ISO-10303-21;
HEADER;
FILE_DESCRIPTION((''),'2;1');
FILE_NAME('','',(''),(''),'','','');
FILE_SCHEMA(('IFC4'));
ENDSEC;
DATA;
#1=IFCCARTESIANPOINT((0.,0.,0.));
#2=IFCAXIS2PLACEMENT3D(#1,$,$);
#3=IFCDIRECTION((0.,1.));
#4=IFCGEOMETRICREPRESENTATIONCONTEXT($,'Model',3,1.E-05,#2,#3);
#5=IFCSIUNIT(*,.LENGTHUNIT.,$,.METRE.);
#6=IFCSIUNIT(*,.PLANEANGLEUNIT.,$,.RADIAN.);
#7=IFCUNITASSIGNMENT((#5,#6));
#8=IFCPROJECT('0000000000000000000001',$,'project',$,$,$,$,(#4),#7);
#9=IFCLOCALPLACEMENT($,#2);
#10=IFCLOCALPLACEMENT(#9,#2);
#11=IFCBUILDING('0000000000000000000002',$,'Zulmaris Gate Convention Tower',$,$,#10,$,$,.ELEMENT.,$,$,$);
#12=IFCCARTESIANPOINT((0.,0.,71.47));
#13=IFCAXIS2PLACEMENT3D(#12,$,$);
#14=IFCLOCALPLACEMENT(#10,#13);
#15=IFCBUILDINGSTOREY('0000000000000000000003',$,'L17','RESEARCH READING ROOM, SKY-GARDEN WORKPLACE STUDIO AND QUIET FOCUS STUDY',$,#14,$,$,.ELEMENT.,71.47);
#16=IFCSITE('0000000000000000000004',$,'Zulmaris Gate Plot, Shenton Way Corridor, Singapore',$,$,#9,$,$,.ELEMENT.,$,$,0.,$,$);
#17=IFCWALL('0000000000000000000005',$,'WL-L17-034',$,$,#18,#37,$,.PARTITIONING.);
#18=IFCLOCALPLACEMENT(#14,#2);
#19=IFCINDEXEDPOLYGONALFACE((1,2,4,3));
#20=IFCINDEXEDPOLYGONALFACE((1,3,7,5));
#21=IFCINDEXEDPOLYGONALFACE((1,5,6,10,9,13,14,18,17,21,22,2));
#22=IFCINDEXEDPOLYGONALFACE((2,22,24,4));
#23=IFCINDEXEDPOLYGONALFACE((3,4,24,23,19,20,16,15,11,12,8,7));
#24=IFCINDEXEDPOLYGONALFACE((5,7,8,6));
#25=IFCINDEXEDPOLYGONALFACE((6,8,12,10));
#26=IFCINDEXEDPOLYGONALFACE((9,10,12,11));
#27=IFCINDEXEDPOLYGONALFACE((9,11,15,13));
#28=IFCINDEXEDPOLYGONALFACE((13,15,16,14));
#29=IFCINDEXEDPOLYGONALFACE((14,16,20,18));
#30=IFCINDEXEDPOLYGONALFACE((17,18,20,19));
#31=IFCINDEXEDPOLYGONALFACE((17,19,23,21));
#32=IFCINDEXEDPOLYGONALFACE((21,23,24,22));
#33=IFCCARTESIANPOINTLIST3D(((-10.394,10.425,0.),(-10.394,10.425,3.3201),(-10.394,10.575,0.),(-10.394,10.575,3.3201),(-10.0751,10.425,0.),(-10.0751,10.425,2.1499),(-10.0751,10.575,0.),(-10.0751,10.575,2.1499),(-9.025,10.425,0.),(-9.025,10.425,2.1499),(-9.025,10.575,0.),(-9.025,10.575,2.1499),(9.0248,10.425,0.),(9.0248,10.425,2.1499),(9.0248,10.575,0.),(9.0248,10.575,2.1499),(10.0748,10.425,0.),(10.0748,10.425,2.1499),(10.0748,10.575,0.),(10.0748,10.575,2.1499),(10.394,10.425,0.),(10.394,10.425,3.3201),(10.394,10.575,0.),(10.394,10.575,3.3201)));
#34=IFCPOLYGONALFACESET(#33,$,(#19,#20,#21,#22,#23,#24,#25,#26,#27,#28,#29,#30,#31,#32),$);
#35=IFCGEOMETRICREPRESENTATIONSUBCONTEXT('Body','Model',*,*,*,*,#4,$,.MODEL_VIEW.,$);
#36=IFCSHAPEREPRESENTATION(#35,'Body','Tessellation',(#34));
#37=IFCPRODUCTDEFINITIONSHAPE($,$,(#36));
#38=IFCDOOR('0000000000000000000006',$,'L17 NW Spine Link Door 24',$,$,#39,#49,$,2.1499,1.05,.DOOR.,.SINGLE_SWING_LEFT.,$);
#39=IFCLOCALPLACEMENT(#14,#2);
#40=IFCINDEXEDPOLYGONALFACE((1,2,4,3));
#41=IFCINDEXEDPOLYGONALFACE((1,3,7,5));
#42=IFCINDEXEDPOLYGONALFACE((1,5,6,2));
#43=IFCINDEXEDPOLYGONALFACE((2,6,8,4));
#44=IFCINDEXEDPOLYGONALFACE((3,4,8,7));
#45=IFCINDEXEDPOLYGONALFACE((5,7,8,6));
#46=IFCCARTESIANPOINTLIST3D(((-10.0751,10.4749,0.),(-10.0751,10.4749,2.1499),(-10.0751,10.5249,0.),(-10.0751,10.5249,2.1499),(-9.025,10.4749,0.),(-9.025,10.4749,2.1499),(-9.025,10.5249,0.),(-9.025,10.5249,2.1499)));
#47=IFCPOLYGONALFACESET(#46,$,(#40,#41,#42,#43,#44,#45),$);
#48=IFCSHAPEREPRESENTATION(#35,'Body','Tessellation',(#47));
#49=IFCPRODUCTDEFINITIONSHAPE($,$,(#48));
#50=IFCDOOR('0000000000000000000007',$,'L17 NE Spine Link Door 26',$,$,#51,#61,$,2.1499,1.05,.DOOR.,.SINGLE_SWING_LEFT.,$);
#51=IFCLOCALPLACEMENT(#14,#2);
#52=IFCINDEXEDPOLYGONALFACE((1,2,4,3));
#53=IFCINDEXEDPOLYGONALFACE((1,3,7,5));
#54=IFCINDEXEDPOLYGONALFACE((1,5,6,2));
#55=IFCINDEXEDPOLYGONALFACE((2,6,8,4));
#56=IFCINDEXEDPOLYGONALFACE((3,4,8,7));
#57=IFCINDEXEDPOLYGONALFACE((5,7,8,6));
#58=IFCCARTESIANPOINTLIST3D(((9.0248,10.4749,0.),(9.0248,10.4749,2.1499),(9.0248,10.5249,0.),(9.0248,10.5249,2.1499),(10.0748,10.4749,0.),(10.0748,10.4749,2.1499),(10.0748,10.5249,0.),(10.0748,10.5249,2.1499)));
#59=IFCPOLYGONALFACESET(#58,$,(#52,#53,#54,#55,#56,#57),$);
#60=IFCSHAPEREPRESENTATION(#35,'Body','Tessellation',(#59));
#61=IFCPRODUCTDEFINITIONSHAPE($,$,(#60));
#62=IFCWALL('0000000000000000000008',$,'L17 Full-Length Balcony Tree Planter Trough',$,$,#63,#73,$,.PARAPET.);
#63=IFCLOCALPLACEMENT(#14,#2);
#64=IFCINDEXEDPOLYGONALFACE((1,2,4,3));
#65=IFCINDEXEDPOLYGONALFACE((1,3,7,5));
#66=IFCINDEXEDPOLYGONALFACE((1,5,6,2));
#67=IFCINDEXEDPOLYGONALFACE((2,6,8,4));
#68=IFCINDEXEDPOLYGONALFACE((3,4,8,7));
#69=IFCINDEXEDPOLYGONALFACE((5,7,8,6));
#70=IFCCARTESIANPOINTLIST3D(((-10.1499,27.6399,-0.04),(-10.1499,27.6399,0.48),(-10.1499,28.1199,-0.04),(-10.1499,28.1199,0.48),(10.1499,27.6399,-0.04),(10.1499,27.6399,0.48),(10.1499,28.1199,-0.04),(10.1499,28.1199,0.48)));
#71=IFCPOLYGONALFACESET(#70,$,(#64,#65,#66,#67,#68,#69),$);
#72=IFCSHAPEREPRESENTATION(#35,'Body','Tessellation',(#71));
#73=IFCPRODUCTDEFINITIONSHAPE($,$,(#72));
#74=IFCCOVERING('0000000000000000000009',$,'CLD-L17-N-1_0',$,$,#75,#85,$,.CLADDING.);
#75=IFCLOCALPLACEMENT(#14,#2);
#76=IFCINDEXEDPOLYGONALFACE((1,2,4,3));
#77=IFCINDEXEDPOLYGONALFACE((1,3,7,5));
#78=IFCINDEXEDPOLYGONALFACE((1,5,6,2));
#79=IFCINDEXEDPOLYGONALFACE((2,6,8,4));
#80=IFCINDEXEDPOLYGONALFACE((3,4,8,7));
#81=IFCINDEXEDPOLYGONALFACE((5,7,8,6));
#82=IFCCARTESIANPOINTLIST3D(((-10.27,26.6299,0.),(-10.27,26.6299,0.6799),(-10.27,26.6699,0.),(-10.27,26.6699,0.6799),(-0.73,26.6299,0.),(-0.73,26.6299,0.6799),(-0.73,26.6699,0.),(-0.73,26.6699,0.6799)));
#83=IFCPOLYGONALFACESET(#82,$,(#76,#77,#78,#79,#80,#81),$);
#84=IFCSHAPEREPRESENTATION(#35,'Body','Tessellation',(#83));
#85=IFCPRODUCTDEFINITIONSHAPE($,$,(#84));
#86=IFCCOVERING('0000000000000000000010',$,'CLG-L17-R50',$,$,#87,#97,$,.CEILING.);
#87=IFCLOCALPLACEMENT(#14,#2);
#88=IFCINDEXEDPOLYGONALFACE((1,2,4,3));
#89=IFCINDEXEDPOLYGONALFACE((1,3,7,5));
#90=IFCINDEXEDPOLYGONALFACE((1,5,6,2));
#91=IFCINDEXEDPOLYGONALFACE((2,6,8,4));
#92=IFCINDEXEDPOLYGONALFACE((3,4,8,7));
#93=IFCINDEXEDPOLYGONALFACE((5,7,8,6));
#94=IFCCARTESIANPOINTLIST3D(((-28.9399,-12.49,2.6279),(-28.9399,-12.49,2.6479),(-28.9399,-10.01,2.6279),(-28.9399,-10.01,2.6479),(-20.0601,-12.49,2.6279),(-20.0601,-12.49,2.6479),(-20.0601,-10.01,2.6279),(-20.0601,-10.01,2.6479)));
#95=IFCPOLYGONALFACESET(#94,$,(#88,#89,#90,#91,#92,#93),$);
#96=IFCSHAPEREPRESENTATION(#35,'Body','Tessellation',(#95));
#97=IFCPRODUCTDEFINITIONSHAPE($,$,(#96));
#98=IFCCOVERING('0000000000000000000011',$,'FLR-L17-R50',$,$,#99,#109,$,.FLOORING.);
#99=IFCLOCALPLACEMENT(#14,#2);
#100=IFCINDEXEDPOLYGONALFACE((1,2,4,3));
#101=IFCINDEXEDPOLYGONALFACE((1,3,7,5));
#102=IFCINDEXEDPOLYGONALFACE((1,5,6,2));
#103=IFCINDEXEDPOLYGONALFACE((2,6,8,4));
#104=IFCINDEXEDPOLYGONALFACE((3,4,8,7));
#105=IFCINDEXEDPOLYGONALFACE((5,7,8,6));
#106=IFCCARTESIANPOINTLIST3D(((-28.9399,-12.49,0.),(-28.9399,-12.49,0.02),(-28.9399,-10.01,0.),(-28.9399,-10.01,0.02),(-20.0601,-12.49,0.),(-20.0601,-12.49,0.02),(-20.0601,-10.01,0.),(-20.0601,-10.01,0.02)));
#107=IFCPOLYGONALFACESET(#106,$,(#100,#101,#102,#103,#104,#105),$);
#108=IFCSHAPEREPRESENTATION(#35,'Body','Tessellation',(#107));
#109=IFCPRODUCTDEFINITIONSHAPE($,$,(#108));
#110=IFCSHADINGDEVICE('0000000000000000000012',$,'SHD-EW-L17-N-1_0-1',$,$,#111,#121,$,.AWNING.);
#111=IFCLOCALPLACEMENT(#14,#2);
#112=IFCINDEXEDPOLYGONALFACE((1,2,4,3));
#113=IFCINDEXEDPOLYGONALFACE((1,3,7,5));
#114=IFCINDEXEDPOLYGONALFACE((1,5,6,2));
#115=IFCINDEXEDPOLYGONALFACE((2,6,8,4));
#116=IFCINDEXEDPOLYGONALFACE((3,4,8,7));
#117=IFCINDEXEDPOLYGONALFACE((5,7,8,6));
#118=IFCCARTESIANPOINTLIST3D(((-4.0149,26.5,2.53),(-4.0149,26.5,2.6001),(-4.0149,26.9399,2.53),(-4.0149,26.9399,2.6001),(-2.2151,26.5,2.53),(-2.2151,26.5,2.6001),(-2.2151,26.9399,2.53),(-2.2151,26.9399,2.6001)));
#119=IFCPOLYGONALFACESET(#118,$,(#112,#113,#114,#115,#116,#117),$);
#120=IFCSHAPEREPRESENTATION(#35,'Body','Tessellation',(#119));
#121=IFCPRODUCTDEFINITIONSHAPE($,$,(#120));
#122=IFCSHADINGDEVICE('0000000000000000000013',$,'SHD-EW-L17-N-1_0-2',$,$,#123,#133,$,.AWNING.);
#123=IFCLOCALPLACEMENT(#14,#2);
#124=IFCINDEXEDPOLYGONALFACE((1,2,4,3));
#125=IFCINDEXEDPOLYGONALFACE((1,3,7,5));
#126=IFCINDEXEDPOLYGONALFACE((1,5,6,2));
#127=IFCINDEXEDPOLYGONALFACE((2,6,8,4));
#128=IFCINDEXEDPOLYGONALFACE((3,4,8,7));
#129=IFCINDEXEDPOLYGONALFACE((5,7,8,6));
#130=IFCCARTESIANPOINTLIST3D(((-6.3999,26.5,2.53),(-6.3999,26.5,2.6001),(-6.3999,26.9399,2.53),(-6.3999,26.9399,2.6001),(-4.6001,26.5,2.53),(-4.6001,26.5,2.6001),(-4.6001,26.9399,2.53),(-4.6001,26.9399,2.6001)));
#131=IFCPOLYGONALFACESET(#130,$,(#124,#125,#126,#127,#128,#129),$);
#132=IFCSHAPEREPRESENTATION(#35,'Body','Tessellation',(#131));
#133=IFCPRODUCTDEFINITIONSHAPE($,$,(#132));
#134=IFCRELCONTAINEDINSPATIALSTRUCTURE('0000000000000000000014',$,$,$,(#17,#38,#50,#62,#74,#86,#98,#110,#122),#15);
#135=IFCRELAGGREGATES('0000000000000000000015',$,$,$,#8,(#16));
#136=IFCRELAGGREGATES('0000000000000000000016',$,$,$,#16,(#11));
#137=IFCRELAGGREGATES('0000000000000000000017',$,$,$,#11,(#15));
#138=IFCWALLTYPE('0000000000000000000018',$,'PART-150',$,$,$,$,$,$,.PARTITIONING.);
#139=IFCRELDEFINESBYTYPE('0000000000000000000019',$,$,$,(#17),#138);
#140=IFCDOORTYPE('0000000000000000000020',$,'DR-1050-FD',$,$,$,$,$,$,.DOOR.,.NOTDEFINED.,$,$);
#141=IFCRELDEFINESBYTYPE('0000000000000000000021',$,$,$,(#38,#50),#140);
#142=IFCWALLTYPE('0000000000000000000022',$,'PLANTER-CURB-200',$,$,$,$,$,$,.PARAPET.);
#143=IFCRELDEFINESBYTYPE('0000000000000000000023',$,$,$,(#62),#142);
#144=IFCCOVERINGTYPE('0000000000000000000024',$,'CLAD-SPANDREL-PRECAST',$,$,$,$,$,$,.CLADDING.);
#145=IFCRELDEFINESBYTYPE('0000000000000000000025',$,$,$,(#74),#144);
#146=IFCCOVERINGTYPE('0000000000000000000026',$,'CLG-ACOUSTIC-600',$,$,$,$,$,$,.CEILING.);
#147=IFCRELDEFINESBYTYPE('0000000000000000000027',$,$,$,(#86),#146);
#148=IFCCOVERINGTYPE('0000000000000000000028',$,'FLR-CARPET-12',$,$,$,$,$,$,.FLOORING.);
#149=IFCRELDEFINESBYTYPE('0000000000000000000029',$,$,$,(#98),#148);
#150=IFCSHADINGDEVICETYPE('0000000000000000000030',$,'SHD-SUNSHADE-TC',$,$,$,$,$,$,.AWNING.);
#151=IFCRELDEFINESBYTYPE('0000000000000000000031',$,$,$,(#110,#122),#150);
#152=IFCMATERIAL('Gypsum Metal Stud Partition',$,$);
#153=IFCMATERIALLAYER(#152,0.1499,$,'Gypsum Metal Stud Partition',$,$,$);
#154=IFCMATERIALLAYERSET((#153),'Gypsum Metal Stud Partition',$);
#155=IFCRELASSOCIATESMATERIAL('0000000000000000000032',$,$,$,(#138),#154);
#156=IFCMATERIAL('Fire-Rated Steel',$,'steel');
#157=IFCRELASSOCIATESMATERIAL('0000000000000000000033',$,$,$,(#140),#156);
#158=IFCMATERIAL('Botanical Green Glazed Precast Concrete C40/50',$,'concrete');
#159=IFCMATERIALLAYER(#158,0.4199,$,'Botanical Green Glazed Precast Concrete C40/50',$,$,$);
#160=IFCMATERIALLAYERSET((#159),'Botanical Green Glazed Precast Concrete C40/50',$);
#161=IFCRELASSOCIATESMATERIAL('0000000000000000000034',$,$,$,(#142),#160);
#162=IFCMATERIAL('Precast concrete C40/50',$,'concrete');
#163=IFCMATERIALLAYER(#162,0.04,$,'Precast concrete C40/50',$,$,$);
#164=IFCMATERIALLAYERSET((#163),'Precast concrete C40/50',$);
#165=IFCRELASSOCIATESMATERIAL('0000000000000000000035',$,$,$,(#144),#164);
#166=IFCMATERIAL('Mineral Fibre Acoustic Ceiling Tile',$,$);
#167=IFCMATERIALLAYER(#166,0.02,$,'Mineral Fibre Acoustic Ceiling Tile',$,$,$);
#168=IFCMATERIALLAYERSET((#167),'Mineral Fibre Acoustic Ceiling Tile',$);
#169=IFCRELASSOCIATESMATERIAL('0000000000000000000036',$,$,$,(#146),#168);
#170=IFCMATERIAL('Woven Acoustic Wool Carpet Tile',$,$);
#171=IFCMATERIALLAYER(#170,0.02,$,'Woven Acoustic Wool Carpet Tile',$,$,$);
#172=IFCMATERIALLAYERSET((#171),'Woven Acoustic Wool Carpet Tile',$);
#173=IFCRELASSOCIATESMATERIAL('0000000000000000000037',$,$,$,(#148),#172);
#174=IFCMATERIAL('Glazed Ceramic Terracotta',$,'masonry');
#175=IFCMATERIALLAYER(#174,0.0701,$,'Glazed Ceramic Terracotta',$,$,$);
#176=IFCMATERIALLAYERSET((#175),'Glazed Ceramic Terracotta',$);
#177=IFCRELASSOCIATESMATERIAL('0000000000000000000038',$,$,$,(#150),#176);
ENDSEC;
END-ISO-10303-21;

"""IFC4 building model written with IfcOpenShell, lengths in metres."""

from ifc_helpers import new_model, si_unit, direction, frame, frame_2d, origin, place, context, subcontext, project, spatial, polyline, rectangle, outline, extrude, material, layer, layer_set, type_object, element, fill, save


model = new_model("IFC4")

# Units and contexts
model_context = context("Model", 3, precision=1e-05, world=origin(), true_north=direction((0.0, 1.0)))
body_context = subcontext(model_context, "Body", "Model", "MODEL_VIEW")
ifc_project = project(units=[si_unit("LENGTHUNIT", "METRE"), si_unit("PLANEANGLEUNIT", "RADIAN")], contexts=[model_context])

# Site, building, storey
site_placement = place(None, origin())
site = spatial("IfcSite", under=ifc_project, at=site_placement, Name="Zulmaris Gate Plot, Shenton Way Corridor, Singapore", CompositionType="ELEMENT", RefElevation=0.0)
building_placement = place(site_placement, origin())
building = spatial("IfcBuilding", under=site, at=building_placement, Name="Zulmaris Gate Convention Tower", CompositionType="ELEMENT")
storey_placement = place(building_placement, frame((0.0, 0.0, 71.47)))
storey = spatial("IfcBuildingStorey", under=building, at=storey_placement, Name="L17", Description="RESEARCH READING ROOM, SKY-GARDEN WORKPLACE STUDIO AND QUIET FOCUS STUDY", CompositionType="ELEMENT", Elevation=71.47)

# Wall, openings, doors
ifc_material_1 = material(Name="Gypsum Metal Stud Partition")
ifc_layer_1 = layer(ifc_material_1, 0.1499, Name="Gypsum Metal Stud Partition")
ifc_layer_set_1 = layer_set([ifc_layer_1], Name="Gypsum Metal Stud Partition")
wall_type_1 = type_object("IfcWallType", Name="PART-150", PredefinedType="PARTITIONING", material=ifc_layer_set_1)
wall_1_placement = place(storey_placement, frame((-10.394, 10.5, 0.0), z_axis=(0.0, 0.0, 1.0), x_axis=(1.0, 0.0, 0.0)))
wall_1 = element("IfcWall", 1, at=wall_1_placement, inside=storey, type_object=wall_type_1, Name="WL-L17-034", PredefinedType="PARTITIONING", context=body_context, shape_type="SweptSolid", body=[
    extrude(rectangle(XDim=20.7881, YDim=0.1499, at=frame_2d((10.394, 0.0))), origin(), (0.0, 0.0, 1.0), 3.3201),
])
opening_1_placement = place(wall_1_placement, frame((0.3191, 0.0, 0.0)))
opening_1 = element("IfcOpeningElement", 2, at=opening_1_placement, cuts=wall_1, PredefinedType="OPENING", context=body_context, shape_type="SweptSolid", body=[
    extrude(rectangle(XDim=1.05, YDim=2.1499, at=frame_2d((0.5249, 1.075))), frame((0.0, 0.085, 0.0), z_axis=(0.0, -1.0, 0.0), x_axis=(1.0, 0.0, 0.0)), (0.0, 0.0, 1.0), 0.1699),
])
opening_2_placement = place(wall_1_placement, frame((19.4189, 0.0, 0.0)))
opening_2 = element("IfcOpeningElement", 3, at=opening_2_placement, cuts=wall_1, PredefinedType="OPENING", context=body_context, shape_type="SweptSolid", body=[
    extrude(rectangle(XDim=1.05, YDim=2.1499, at=frame_2d((0.5249, 1.075))), frame((0.0, 0.085, 0.0), z_axis=(0.0, -1.0, 0.0), x_axis=(1.0, 0.0, 0.0)), (0.0, 0.0, 1.0), 0.1699),
])
ifc_material_2 = material(Name="Fire-Rated Steel", Category="steel")
door_type_1 = type_object("IfcDoorType", Name="DR-1050-FD", OperationType="NOTDEFINED", PredefinedType="DOOR", material=ifc_material_2)
door_1_placement = place(opening_1_placement, origin())
door_1 = element("IfcDoor", 4, at=door_1_placement, inside=storey, type_object=door_type_1, Name="L17 NW Spine Link Door 24", OperationType="SINGLE_SWING_LEFT", OverallHeight=2.1499, OverallWidth=1.05, PredefinedType="DOOR", context=body_context, shape_type="SweptSolid", body=[
    extrude(rectangle(XDim=1.05, YDim=2.1499, at=frame_2d((0.5249, 1.075))), frame((0.0, 0.0249, 0.0), z_axis=(0.0, -1.0, 0.0), x_axis=(1.0, 0.0, 0.0)), (0.0, 0.0, 1.0), 0.05),
])
fill(opening_1, door_1)
door_2_placement = place(opening_2_placement, origin())
door_2 = element("IfcDoor", 5, at=door_2_placement, inside=storey, type_object=door_type_1, Name="L17 NE Spine Link Door 26", OperationType="SINGLE_SWING_LEFT", OverallHeight=2.1499, OverallWidth=1.05, PredefinedType="DOOR", context=body_context, shape_type="SweptSolid", body=[
    extrude(rectangle(XDim=1.05, YDim=2.1499, at=frame_2d((0.5249, 1.075))), frame((0.0, 0.0249, 0.0), z_axis=(0.0, -1.0, 0.0), x_axis=(1.0, 0.0, 0.0)), (0.0, 0.0, 1.0), 0.05),
])
fill(opening_2, door_2)

# Wall
ifc_material_3 = material(Name="Botanical Green Glazed Precast Concrete C40/50", Category="concrete")
ifc_layer_2 = layer(ifc_material_3, 0.4199, Name="Botanical Green Glazed Precast Concrete C40/50")
ifc_layer_set_2 = layer_set([ifc_layer_2], Name="Botanical Green Glazed Precast Concrete C40/50")
wall_type_2 = type_object("IfcWallType", Name="PLANTER-CURB-200", PredefinedType="PARAPET", material=ifc_layer_set_2)
wall_2_placement = place(storey_placement, frame((-10.1499, 27.8799, -0.04), z_axis=(0.0, 0.0, 1.0), x_axis=(1.0, 0.0, 0.0)))
element("IfcWall", 6, at=wall_2_placement, inside=storey, type_object=wall_type_2, Name="L17 Full-Length Balcony Tree Planter Trough", PredefinedType="PARAPET", context=body_context, shape_type="SweptSolid", body=[
    extrude(rectangle(XDim=20.2998, YDim=0.48, at=frame_2d((10.1499, 0.0))), origin(), (0.0, 0.0, 1.0), 0.52),
])

# Shared definitions
ifc_material_4 = material(Name="Precast concrete C40/50", Category="concrete")

# Coverings
ifc_layer_3 = layer(ifc_material_4, 0.04, Name="Precast concrete C40/50")
ifc_layer_set_3 = layer_set([ifc_layer_3], Name="Precast concrete C40/50")
covering_type_1 = type_object("IfcCoveringType", Name="CLAD-SPANDREL-PRECAST", PredefinedType="CLADDING", material=ifc_layer_set_3)
covering_1_placement = place(storey_placement, frame((-0.73, 26.6499, 0.0), z_axis=(0.0, 0.0, 1.0), x_axis=(-1.0, 0.0, 0.0)))
element("IfcCovering", 7, at=covering_1_placement, inside=storey, type_object=covering_type_1, Name="CLD-L17-N-1_0", PredefinedType="CLADDING", context=body_context, shape_type="SweptSolid", body=[
    extrude(rectangle(XDim=9.54, YDim=0.04, at=frame_2d((4.77, 0.0))), origin(), (0.0, 0.0, 1.0), 0.6799),
])
ifc_material_5 = material(Name="Mineral Fibre Acoustic Ceiling Tile")
ifc_layer_4 = layer(ifc_material_5, 0.02, Name="Mineral Fibre Acoustic Ceiling Tile")
ifc_layer_set_4 = layer_set([ifc_layer_4], Name="Mineral Fibre Acoustic Ceiling Tile")
covering_type_2 = type_object("IfcCoveringType", Name="CLG-ACOUSTIC-600", PredefinedType="CEILING", material=ifc_layer_set_4)
covering_2_placement = place(storey_placement, frame((0.0, 0.0, 2.6279)))
element("IfcCovering", 8, at=covering_2_placement, inside=storey, type_object=covering_type_2, Name="CLG-L17-R50", PredefinedType="CEILING", context=body_context, shape_type="SweptSolid", body=[
    extrude(outline(polyline([(-28.9399, -12.49), (-20.0601, -12.49), (-20.0601, -10.01), (-28.9399, -10.01), (-28.9399, -12.49)])), origin(), (0.0, 0.0, 1.0), 0.02),
])
ifc_material_6 = material(Name="Woven Acoustic Wool Carpet Tile")
ifc_layer_5 = layer(ifc_material_6, 0.02, Name="Woven Acoustic Wool Carpet Tile")
ifc_layer_set_5 = layer_set([ifc_layer_5], Name="Woven Acoustic Wool Carpet Tile")
covering_type_3 = type_object("IfcCoveringType", Name="FLR-CARPET-12", PredefinedType="FLOORING", material=ifc_layer_set_5)
covering_3_placement = place(storey_placement, origin())
element("IfcCovering", 9, at=covering_3_placement, inside=storey, type_object=covering_type_3, Name="FLR-L17-R50", PredefinedType="FLOORING", context=body_context, shape_type="SweptSolid", body=[
    extrude(outline(polyline([(-28.9399, -12.49), (-20.0601, -12.49), (-20.0601, -10.01), (-28.9399, -10.01), (-28.9399, -12.49)])), origin(), (0.0, 0.0, 1.0), 0.02),
])

# Shading devices
ifc_material_7 = material(Name="Glazed Ceramic Terracotta", Category="masonry")
ifc_layer_6 = layer(ifc_material_7, 0.0701, Name="Glazed Ceramic Terracotta")
ifc_layer_set_6 = layer_set([ifc_layer_6], Name="Glazed Ceramic Terracotta")
shading_device_type = type_object("IfcShadingDeviceType", Name="SHD-SUNSHADE-TC", PredefinedType="AWNING", material=ifc_layer_set_6)
for number, where, z_axis, x_axis, name in (
    (10, (-2.2151, 26.72, 2.53), (0.0, 0.0, 1.0), (-1.0, 0.0, 0.0), "SHD-EW-L17-N-1_0-1"),
    (11, (-4.6001, 26.72, 2.53), (0.0, 0.0, 1.0), (-1.0, 0.0, 0.0), "SHD-EW-L17-N-1_0-2"),
):
    element("IfcShadingDevice", number, at=place(storey_placement, frame(where, z_axis=z_axis, x_axis=x_axis)), inside=storey, type_object=shading_device_type, Name=name, PredefinedType="AWNING", context=body_context, shape_type="SweptSolid", body=[
        extrude(rectangle(XDim=1.7998, YDim=0.4399, at=frame_2d((0.8999, 0.0))), origin(), (0.0, 0.0, 1.0), 0.0701),
    ])

save(model, "model.ifc")
